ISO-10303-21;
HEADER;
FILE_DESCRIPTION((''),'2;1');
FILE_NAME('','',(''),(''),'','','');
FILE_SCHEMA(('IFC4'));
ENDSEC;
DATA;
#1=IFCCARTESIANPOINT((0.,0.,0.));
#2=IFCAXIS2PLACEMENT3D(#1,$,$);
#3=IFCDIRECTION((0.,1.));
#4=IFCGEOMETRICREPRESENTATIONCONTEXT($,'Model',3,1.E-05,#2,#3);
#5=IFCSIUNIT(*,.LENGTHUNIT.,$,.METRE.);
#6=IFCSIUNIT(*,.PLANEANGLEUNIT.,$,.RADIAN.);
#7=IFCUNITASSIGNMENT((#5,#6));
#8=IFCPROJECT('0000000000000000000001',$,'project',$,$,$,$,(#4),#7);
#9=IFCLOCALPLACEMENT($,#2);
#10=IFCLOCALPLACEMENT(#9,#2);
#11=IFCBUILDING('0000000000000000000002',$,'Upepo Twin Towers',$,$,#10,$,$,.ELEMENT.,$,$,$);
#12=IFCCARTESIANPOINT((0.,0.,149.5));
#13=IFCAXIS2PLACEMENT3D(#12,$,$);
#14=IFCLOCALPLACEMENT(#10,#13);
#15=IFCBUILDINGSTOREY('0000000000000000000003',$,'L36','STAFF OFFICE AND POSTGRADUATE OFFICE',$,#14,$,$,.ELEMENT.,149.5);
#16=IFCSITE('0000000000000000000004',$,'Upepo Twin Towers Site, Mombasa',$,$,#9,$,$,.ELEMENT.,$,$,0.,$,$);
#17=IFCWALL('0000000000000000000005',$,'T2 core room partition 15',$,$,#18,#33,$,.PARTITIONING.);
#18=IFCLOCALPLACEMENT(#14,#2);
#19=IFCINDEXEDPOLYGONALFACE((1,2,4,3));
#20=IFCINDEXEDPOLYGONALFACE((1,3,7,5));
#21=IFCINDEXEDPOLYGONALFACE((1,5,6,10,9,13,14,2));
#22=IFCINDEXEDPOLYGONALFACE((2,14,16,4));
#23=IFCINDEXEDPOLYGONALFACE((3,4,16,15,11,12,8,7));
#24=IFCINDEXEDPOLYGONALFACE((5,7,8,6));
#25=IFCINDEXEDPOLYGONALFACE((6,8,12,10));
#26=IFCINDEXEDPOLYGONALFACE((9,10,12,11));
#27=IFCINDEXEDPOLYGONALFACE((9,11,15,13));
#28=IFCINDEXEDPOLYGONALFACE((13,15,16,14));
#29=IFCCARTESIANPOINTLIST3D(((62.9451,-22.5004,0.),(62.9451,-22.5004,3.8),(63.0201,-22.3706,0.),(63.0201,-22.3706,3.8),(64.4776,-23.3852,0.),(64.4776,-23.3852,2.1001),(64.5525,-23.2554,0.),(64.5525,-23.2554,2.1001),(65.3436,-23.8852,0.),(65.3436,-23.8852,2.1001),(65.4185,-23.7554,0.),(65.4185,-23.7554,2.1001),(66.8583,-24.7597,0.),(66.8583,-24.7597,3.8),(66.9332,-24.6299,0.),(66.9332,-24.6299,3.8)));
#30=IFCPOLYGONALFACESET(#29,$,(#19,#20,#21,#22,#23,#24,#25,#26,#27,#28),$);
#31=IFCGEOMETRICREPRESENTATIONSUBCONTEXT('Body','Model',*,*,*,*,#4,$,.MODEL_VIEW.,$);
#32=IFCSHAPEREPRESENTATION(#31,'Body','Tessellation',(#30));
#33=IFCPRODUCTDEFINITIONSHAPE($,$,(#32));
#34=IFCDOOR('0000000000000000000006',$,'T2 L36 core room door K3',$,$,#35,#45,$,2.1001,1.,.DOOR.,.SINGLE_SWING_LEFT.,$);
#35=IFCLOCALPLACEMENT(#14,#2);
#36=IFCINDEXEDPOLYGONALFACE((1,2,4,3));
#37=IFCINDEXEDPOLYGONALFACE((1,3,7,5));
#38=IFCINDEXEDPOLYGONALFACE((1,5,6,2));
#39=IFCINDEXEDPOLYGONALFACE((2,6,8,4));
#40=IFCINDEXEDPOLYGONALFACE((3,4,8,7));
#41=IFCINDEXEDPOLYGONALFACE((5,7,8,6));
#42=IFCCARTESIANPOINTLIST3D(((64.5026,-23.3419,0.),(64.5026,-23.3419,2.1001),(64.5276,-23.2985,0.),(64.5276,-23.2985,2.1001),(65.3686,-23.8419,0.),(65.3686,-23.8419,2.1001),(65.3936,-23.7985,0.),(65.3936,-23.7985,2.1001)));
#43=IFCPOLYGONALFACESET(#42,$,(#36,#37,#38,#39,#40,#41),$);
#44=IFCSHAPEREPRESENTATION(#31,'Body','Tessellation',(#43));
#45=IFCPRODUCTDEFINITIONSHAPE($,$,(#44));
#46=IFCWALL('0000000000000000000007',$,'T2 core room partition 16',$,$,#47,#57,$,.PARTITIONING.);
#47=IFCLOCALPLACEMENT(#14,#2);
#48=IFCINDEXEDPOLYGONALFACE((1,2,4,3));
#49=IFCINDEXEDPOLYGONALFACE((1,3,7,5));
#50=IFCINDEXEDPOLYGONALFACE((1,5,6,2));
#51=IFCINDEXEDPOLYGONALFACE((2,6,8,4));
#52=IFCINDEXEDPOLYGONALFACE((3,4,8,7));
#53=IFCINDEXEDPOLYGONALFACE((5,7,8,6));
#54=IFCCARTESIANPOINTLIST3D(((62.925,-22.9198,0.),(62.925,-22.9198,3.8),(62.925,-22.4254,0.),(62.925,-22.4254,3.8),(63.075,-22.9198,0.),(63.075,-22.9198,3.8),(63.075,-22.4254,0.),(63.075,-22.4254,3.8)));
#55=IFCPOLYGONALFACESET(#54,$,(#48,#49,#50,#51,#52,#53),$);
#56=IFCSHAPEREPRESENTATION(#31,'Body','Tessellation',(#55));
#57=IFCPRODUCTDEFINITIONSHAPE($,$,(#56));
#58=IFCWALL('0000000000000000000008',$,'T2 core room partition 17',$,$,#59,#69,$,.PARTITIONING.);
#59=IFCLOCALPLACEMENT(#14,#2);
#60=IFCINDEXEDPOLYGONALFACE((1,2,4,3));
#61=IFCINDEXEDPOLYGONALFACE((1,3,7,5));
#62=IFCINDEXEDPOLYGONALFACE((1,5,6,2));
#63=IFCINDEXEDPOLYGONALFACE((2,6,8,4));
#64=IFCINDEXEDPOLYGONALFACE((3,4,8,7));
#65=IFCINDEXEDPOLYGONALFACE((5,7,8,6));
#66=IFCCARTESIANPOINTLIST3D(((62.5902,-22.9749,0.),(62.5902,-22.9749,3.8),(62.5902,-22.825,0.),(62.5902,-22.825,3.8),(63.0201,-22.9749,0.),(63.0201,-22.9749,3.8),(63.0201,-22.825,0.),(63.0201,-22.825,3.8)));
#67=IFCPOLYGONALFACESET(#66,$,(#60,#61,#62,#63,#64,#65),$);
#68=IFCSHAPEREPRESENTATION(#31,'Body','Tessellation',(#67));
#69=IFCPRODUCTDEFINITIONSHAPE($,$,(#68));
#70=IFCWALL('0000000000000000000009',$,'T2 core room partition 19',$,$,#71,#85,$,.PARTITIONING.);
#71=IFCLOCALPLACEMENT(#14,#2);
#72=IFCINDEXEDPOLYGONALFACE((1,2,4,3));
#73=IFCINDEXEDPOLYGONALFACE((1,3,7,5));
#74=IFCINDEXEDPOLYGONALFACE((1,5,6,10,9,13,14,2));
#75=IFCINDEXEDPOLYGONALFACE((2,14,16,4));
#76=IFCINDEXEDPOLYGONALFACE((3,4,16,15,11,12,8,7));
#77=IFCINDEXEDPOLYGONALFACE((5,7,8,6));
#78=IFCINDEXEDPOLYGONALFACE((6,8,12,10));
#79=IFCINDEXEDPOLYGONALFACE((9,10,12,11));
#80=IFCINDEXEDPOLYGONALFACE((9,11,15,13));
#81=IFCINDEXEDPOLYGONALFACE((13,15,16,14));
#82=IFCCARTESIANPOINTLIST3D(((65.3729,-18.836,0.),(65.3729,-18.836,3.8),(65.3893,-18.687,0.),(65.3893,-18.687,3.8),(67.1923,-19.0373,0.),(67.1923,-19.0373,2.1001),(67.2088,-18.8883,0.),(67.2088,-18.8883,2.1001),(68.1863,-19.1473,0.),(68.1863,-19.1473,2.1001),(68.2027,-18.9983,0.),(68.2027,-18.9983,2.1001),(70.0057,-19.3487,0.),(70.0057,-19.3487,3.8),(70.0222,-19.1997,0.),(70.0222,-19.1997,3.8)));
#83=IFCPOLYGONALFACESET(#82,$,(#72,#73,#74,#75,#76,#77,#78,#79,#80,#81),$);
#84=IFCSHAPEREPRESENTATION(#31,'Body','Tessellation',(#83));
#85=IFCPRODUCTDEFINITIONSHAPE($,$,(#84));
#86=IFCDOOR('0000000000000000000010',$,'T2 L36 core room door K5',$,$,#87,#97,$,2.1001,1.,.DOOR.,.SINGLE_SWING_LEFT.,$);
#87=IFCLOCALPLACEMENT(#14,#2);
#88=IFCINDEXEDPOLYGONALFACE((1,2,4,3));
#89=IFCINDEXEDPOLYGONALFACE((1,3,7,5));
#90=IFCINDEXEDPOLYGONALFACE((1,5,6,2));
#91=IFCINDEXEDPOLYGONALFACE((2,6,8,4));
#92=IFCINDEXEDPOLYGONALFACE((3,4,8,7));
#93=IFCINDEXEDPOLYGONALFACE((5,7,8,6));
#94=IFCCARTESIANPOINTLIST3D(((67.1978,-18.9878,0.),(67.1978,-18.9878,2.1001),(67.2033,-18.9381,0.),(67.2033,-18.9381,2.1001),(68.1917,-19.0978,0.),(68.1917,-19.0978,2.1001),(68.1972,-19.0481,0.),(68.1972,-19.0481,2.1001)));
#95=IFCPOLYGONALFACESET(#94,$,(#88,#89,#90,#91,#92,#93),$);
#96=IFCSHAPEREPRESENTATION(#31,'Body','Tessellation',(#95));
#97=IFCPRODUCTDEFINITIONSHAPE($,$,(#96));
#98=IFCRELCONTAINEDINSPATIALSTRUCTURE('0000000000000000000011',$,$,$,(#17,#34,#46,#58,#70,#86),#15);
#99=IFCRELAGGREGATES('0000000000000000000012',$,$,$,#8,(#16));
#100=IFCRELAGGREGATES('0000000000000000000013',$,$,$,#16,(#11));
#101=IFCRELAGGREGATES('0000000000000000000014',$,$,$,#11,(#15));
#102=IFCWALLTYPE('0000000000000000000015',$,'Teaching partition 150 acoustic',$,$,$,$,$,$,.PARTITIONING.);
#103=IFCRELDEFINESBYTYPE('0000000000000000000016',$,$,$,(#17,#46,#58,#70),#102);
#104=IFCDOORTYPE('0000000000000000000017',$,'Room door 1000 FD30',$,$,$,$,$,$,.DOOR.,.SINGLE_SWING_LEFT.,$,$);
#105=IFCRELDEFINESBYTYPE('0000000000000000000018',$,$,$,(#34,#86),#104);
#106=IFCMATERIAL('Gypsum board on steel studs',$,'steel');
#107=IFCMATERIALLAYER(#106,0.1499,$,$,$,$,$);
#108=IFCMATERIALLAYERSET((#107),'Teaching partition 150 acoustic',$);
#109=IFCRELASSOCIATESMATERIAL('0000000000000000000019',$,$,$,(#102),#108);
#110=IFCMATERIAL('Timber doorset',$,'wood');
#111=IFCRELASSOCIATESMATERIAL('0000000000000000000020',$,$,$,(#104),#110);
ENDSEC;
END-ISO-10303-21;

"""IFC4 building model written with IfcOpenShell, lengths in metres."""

from ifc_helpers import new_model, si_unit, direction, frame, frame_2d, origin, place, context, subcontext, project, spatial, rectangle, extrude, material, layer, layer_set, type_object, element, fill, save


model = new_model("IFC4")

# Units and contexts
model_context = context("Model", 3, precision=1e-05, world=origin(), true_north=direction((0.0, 1.0)))
body_context = subcontext(model_context, "Body", "Model", "MODEL_VIEW")
ifc_project = project(units=[si_unit("LENGTHUNIT", "METRE"), si_unit("PLANEANGLEUNIT", "RADIAN")], contexts=[model_context])

# Site, building, storey
site_placement = place(None, origin())
site = spatial("IfcSite", under=ifc_project, at=site_placement, Name="Upepo Twin Towers Site, Mombasa", CompositionType="ELEMENT", RefElevation=0.0)
building_placement = place(site_placement, origin())
building = spatial("IfcBuilding", under=site, at=building_placement, Name="Upepo Twin Towers", CompositionType="ELEMENT")
storey_placement = place(building_placement, frame((0.0, 0.0, 149.5)))
storey = spatial("IfcBuildingStorey", under=building, at=storey_placement, Name="L36", Description="STAFF OFFICE AND POSTGRADUATE OFFICE", CompositionType="ELEMENT", Elevation=149.5)

# Shared definitions
ifc_material_1 = material(Name="Gypsum board on steel studs", Category="steel")
ifc_layer_1 = layer(ifc_material_1, 0.1499)
ifc_layer_set_1 = layer_set([ifc_layer_1], Name="Teaching partition 150 acoustic")
wall_type_1 = type_object("IfcWallType", Name="Teaching partition 150 acoustic", PredefinedType="PARTITIONING", material=ifc_layer_set_1)

# Wall, opening, door
ifc_material_2 = material(Name="Timber doorset", Category="wood")
door_type_1 = type_object("IfcDoorType", Name="Room door 1000 FD30", OperationType="SINGLE_SWING_LEFT", PredefinedType="DOOR", material=ifc_material_2)
wall_1_placement = place(storey_placement, frame((66.8958, -24.6948, 0.0), z_axis=(0.0, 0.0, 1.0), x_axis=(-0.86602, 0.500009, 0.0)))
wall_1 = element("IfcWall", 1, at=wall_1_placement, inside=storey, type_object=wall_type_1, Name="T2 core room partition 15", PredefinedType="PARTITIONING", context=body_context, shape_type="SweptSolid", body=[
    extrude(rectangle(XDim=4.5186, YDim=0.1499, at=frame_2d((2.2593, 0.0))), origin(), (0.0, 0.0, 1.0), 3.8),
])
opening_1_placement = place(wall_1_placement, frame((1.749, 0.0, 0.0)))
opening_1 = element("IfcOpeningElement", 2, at=opening_1_placement, cuts=wall_1, PredefinedType="OPENING", context=body_context, shape_type="SweptSolid", body=[
    extrude(rectangle(XDim=1.0, YDim=2.1001, at=frame_2d((0.5, 1.05))), frame((0.0, 0.085, 0.0), z_axis=(0.0, -1.0, 0.0), x_axis=(1.0, 0.0, 0.0)), (0.0, 0.0, 1.0), 0.1699),
])
door_1_placement = place(opening_1_placement, origin())
door_1 = element("IfcDoor", 3, at=door_1_placement, inside=storey, type_object=door_type_1, Name="T2 L36 core room door K3", OperationType="SINGLE_SWING_LEFT", OverallHeight=2.1001, OverallWidth=1.0, PredefinedType="DOOR", context=body_context, shape_type="SweptSolid", body=[
    extrude(rectangle(XDim=1.0, YDim=2.1001, at=frame_2d((0.5, 1.05))), frame((0.0, 0.0249, 0.0), z_axis=(0.0, -1.0, 0.0), x_axis=(1.0, 0.0, 0.0)), (0.0, 0.0, 1.0), 0.05),
])
fill(opening_1, door_1)

# Walls
wall_2_placement = place(storey_placement, frame((63.0, -22.4255, 0.0), z_axis=(0.0, 0.0, 1.0), x_axis=(0.0, -1.0, 0.0)))
element("IfcWall", 4, at=wall_2_placement, inside=storey, type_object=wall_type_1, Name="T2 core room partition 16", PredefinedType="PARTITIONING", context=body_context, shape_type="SweptSolid", body=[
    extrude(rectangle(XDim=0.4944, YDim=0.1499, at=frame_2d((0.2471, 0.0))), origin(), (0.0, 0.0, 1.0), 3.8),
])
wall_3_placement = place(storey_placement, frame((63.02, -22.8999, 0.0), z_axis=(0.0, 0.0, 1.0), x_axis=(-1.0, 0.0, 0.0)))
element("IfcWall", 5, at=wall_3_placement, inside=storey, type_object=wall_type_1, Name="T2 core room partition 17", PredefinedType="PARTITIONING", context=body_context, shape_type="SweptSolid", body=[
    extrude(rectangle(XDim=0.4299, YDim=0.1499, at=frame_2d((0.2148, 0.0))), origin(), (0.0, 0.0, 1.0), 3.8),
])

# Wall, opening, door
wall_4_placement = place(storey_placement, frame((65.3811, -18.7615, 0.0), z_axis=(0.0, 0.0, 1.0), x_axis=(0.993932, -0.109995, 0.0)))
wall_4 = element("IfcWall", 6, at=wall_4_placement, inside=storey, type_object=wall_type_1, Name="T2 core room partition 19", PredefinedType="PARTITIONING", context=body_context, shape_type="SweptSolid", body=[
    extrude(rectangle(XDim=4.6611, YDim=0.1499, at=frame_2d((2.3306, 0.0))), origin(), (0.0, 0.0, 1.0), 3.8),
])
opening_2_placement = place(wall_4_placement, frame((1.8306, 0.0, 0.0)))
opening_2 = element("IfcOpeningElement", 7, at=opening_2_placement, cuts=wall_4, PredefinedType="OPENING", context=body_context, shape_type="SweptSolid", body=[
    extrude(rectangle(XDim=1.0, YDim=2.1001, at=frame_2d((0.5, 1.05))), frame((0.0, 0.085, 0.0), z_axis=(0.0, -1.0, 0.0), x_axis=(1.0, 0.0, 0.0)), (0.0, 0.0, 1.0), 0.1699),
])
door_2_placement = place(opening_2_placement, origin())
door_2 = element("IfcDoor", 8, at=door_2_placement, inside=storey, type_object=door_type_1, Name="T2 L36 core room door K5", OperationType="SINGLE_SWING_LEFT", OverallHeight=2.1001, OverallWidth=1.0, PredefinedType="DOOR", context=body_context, shape_type="SweptSolid", body=[
    extrude(rectangle(XDim=1.0, YDim=2.1001, at=frame_2d((0.5, 1.05))), frame((0.0, 0.0249, 0.0), z_axis=(0.0, -1.0, 0.0), x_axis=(1.0, 0.0, 0.0)), (0.0, 0.0, 1.0), 0.05),
])
fill(opening_2, door_2)

save(model, "model.ifc")
